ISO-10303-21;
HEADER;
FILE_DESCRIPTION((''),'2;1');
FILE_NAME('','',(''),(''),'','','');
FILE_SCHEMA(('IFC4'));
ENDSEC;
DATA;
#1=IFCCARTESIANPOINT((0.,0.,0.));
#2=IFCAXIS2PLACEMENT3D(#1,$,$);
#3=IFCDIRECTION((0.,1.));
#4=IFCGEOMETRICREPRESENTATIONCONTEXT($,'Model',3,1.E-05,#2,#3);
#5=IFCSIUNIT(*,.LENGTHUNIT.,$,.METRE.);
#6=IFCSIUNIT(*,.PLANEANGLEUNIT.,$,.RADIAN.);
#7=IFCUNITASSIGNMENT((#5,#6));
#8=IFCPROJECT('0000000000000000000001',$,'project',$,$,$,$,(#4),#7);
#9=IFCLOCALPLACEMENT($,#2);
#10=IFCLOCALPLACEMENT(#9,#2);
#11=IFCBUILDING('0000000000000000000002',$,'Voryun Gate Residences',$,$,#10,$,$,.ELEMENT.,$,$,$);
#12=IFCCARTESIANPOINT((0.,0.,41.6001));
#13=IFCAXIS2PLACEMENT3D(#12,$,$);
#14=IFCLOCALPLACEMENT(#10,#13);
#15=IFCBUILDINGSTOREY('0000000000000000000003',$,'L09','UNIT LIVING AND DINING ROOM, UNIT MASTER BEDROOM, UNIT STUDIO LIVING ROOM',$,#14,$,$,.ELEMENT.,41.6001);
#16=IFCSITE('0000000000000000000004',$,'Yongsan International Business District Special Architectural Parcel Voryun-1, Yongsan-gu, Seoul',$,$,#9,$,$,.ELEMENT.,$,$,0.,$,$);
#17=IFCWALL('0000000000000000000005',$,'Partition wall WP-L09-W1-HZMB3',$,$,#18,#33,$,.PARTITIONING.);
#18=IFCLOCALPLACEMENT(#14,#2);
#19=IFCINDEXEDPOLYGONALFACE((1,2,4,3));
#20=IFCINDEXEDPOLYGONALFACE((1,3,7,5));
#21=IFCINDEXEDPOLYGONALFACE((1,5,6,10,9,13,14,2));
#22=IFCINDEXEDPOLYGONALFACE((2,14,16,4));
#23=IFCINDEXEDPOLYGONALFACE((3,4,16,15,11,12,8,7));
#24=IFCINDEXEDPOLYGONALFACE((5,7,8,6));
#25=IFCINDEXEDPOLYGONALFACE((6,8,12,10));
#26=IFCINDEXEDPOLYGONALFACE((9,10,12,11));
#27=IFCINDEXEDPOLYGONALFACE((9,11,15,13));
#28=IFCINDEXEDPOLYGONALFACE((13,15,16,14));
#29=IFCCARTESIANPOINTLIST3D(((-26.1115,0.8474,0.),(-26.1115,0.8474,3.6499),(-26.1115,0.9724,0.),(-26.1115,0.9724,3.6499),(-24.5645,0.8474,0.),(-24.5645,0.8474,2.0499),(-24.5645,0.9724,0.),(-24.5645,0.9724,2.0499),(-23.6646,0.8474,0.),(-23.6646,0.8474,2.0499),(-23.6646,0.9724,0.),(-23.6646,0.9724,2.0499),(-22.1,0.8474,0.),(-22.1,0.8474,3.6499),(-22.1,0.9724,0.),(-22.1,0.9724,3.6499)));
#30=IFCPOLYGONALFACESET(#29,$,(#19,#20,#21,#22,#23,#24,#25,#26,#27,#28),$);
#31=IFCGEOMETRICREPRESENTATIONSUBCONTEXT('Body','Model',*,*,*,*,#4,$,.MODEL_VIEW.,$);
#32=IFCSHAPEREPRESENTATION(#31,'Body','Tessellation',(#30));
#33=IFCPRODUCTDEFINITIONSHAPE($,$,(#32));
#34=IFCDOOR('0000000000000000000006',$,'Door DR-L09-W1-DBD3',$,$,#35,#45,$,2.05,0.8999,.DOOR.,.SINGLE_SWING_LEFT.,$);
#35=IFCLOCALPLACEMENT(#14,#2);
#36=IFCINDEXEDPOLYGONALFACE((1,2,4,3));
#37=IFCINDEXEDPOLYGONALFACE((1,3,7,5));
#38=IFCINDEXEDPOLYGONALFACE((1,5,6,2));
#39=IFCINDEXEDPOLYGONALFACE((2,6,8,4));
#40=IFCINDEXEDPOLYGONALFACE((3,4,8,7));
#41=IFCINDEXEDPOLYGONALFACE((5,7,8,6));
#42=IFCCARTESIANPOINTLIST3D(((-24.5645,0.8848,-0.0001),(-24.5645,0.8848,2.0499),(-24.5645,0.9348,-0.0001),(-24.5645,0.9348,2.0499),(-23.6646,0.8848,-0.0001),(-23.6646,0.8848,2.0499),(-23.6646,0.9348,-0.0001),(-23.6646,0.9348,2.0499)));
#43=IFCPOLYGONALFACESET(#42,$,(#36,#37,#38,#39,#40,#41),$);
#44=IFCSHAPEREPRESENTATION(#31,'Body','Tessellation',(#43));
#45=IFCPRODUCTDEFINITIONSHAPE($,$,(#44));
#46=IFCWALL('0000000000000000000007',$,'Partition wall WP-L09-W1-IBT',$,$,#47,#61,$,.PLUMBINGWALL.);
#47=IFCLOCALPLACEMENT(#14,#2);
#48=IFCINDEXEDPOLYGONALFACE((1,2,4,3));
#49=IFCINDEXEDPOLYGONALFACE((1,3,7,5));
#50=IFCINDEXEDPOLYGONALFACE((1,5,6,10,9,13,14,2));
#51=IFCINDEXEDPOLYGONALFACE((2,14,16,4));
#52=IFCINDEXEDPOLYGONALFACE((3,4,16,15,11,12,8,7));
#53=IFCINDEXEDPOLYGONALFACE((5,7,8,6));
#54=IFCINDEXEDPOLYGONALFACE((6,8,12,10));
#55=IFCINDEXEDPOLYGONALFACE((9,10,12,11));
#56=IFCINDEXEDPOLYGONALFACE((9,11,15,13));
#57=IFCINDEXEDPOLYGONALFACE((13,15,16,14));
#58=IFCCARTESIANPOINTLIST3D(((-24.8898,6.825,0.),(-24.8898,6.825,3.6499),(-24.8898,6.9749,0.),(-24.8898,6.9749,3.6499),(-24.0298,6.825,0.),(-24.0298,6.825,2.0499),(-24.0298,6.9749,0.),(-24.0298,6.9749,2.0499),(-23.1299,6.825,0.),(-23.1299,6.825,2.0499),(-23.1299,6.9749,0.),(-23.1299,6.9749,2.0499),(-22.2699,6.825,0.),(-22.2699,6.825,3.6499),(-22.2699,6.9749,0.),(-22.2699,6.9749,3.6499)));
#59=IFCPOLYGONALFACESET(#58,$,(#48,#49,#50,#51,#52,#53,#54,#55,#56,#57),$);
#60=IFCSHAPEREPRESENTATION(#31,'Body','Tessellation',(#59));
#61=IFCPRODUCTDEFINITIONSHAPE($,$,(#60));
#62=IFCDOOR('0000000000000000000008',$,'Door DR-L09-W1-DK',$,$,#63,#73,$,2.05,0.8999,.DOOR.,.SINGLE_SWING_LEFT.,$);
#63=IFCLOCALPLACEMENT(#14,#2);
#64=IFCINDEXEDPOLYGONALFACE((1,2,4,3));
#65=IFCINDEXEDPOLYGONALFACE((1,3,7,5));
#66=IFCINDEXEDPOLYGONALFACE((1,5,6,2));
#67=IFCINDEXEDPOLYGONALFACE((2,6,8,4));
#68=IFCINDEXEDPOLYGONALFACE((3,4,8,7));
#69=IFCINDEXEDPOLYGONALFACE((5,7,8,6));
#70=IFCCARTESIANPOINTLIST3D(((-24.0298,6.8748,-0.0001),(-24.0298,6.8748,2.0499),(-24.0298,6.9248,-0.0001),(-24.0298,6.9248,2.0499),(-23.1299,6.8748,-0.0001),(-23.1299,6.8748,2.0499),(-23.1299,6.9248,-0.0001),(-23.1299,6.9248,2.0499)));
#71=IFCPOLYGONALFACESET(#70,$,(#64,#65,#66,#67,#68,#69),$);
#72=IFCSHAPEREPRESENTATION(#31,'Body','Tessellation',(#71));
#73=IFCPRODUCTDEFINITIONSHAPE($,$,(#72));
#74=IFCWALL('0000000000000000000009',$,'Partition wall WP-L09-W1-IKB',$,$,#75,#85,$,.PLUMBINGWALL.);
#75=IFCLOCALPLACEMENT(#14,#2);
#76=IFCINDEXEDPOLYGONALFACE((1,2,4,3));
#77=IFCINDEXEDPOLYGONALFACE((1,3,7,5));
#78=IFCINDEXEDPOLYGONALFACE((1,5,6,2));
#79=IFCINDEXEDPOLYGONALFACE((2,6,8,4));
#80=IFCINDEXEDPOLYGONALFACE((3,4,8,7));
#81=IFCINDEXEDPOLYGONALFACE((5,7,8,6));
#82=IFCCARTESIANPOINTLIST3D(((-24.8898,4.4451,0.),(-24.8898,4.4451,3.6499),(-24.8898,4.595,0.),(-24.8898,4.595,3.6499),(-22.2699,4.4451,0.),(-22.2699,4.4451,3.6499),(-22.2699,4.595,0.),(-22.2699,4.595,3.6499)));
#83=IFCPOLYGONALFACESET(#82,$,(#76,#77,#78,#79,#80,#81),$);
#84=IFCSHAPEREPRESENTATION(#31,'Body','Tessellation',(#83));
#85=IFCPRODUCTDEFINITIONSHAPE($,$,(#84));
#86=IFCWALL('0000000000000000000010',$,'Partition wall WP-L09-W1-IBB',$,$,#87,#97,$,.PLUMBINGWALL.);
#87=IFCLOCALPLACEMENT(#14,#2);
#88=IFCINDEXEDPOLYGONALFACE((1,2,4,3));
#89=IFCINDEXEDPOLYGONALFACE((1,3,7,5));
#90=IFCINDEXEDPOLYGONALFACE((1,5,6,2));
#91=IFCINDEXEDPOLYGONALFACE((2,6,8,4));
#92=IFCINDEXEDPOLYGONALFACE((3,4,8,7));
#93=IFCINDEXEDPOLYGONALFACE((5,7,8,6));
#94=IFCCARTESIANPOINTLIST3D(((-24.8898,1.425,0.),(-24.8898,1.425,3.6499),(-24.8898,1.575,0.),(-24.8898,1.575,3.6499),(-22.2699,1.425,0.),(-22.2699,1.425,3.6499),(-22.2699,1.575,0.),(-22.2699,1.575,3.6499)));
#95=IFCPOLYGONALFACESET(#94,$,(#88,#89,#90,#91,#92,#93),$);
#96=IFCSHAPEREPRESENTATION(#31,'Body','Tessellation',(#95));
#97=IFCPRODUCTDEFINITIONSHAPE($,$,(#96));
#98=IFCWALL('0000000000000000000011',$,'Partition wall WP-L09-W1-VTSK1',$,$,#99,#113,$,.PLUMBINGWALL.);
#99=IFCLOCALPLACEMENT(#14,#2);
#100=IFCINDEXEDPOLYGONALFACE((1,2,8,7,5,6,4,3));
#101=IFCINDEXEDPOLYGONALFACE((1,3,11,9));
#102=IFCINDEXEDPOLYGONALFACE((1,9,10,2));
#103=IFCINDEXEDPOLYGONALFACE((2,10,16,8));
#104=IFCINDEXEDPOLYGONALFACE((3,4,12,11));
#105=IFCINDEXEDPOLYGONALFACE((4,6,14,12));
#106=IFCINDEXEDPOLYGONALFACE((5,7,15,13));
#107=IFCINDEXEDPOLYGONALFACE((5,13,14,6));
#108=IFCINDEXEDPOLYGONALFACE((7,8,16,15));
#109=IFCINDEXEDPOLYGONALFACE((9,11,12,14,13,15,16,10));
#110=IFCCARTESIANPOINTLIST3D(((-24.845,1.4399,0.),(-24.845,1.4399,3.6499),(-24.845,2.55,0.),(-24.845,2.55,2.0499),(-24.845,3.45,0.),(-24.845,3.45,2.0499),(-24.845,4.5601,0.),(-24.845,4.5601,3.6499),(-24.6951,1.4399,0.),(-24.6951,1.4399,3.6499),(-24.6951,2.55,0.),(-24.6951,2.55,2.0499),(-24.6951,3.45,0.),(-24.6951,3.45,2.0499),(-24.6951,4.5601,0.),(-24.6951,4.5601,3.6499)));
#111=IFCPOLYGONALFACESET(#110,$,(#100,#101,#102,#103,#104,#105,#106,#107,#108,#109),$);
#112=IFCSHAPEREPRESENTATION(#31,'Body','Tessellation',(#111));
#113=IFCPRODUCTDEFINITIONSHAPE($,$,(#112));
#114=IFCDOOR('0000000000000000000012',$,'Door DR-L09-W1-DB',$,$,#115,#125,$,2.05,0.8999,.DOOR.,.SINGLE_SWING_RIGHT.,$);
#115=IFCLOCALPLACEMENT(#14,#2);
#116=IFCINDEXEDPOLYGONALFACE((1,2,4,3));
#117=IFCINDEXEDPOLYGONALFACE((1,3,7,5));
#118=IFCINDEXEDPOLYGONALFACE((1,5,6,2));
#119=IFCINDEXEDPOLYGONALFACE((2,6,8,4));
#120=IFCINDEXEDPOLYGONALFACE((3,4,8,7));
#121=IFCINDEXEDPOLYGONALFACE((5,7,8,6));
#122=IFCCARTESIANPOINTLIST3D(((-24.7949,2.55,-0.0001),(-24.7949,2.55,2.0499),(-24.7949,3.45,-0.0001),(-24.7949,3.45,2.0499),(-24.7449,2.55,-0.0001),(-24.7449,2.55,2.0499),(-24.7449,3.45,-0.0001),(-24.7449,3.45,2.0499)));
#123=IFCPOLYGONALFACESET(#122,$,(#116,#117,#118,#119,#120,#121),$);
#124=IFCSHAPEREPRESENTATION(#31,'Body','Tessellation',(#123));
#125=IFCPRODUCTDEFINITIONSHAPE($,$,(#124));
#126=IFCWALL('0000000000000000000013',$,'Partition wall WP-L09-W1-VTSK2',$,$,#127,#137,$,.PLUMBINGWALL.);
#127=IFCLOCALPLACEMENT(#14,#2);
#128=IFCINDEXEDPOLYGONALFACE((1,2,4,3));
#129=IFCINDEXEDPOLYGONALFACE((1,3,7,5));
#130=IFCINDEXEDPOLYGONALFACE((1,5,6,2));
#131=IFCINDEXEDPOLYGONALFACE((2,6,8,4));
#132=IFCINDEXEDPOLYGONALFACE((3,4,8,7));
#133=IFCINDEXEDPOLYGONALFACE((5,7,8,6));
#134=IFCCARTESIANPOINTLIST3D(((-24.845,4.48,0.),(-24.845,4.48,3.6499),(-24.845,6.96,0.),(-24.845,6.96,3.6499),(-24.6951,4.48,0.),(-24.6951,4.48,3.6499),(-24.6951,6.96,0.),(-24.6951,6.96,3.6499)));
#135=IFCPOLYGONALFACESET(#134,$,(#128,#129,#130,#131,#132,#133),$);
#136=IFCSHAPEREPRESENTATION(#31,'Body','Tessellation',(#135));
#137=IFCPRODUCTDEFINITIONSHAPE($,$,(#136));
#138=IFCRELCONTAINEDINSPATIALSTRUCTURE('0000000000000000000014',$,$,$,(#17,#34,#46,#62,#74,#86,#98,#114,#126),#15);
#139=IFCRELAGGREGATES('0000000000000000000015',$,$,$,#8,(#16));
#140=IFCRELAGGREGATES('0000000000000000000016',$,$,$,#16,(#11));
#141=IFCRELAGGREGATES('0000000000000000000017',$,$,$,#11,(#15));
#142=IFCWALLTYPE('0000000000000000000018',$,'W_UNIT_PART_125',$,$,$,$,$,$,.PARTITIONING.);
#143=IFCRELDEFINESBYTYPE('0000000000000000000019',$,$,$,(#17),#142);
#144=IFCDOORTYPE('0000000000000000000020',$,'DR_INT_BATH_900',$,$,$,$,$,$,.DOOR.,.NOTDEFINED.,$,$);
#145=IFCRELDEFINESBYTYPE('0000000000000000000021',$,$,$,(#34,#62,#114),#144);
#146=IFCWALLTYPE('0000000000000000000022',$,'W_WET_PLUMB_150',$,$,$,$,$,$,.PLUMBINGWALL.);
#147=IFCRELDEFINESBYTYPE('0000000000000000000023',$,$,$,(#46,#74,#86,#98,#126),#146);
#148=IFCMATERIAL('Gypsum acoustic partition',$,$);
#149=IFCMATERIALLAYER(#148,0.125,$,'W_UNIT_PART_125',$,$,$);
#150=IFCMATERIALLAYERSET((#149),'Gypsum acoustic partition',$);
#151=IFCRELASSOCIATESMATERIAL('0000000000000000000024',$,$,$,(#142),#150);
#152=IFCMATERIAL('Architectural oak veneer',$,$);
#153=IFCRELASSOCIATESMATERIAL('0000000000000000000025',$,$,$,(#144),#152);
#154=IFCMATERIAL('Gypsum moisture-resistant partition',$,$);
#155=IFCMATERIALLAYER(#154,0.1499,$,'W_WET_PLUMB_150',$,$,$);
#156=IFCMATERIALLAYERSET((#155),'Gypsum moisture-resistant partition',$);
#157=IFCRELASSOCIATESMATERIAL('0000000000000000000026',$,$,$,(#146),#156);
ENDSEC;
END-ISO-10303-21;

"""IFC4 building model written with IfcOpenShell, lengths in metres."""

from ifc_helpers import new_model, si_unit, direction, frame, frame_2d, origin, place, context, subcontext, project, spatial, rectangle, extrude, material, layer, layer_set, type_object, element, fill, save


model = new_model("IFC4")

# Units and contexts
model_context = context("Model", 3, precision=1e-05, world=origin(), true_north=direction((0.0, 1.0)))
body_context = subcontext(model_context, "Body", "Model", "MODEL_VIEW")
ifc_project = project(units=[si_unit("LENGTHUNIT", "METRE"), si_unit("PLANEANGLEUNIT", "RADIAN")], contexts=[model_context])

# Site, building, storey
site_placement = place(None, origin())
site = spatial("IfcSite", under=ifc_project, at=site_placement, Name="Yongsan International Business District Special Architectural Parcel Voryun-1, Yongsan-gu, Seoul", CompositionType="ELEMENT", RefElevation=0.0)
building_placement = place(site_placement, origin())
building = spatial("IfcBuilding", under=site, at=building_placement, Name="Voryun Gate Residences", CompositionType="ELEMENT")
storey_placement = place(building_placement, frame((0.0, 0.0, 41.6001)))
storey = spatial("IfcBuildingStorey", under=building, at=storey_placement, Name="L09", Description="UNIT LIVING AND DINING ROOM, UNIT MASTER BEDROOM, UNIT STUDIO LIVING ROOM", CompositionType="ELEMENT", Elevation=41.6001)

# Walls, openings, doors
ifc_material_1 = material(Name="Gypsum acoustic partition")
ifc_layer_1 = layer(ifc_material_1, 0.125, Name="W_UNIT_PART_125")
ifc_layer_set_1 = layer_set([ifc_layer_1], Name="Gypsum acoustic partition")
wall_type_1 = type_object("IfcWallType", Name="W_UNIT_PART_125", PredefinedType="PARTITIONING", material=ifc_layer_set_1)
ifc_material_2 = material(Name="Architectural oak veneer")
door_type_1 = type_object("IfcDoorType", Name="DR_INT_BATH_900", OperationType="NOTDEFINED", PredefinedType="DOOR", material=ifc_material_2)
wall_1_placement = place(storey_placement, frame((-26.1116, 0.9099, 0.0), z_axis=(0.0, 0.0, 1.0), x_axis=(1.0, 0.0, 0.0)))
wall_1 = element("IfcWall", 1, at=wall_1_placement, inside=storey, type_object=wall_type_1, Name="Partition wall WP-L09-W1-HZMB3", PredefinedType="PARTITIONING", context=body_context, shape_type="SweptSolid", body=[
    extrude(rectangle(XDim=4.0115, YDim=0.125, at=frame_2d((2.0059, 0.0))), origin(), (0.0, 0.0, 1.0), 3.6499),
])
opening_1_placement = place(wall_1_placement, frame((1.5471, 0.0, 0.0)))
opening_1 = element("IfcOpeningElement", 2, at=opening_1_placement, cuts=wall_1, PredefinedType="OPENING", context=body_context, shape_type="SweptSolid", body=[
    extrude(rectangle(XDim=0.8999, YDim=2.05, at=frame_2d((0.45, 1.0249))), frame((0.0, 0.0725, 0.0), z_axis=(0.0, -1.0, 0.0), x_axis=(1.0, 0.0, 0.0)), (0.0, 0.0, 1.0), 0.145),
])
door_1_placement = place(opening_1_placement, origin())
door_1 = element("IfcDoor", 3, at=door_1_placement, inside=storey, type_object=door_type_1, Name="Door DR-L09-W1-DBD3", OperationType="SINGLE_SWING_LEFT", OverallHeight=2.05, OverallWidth=0.8999, PredefinedType="DOOR", context=body_context, shape_type="SweptSolid", body=[
    extrude(rectangle(XDim=0.8999, YDim=2.05, at=frame_2d((0.45, 1.0249))), frame((0.0, 0.0249, 0.0), z_axis=(0.0, -1.0, 0.0), x_axis=(1.0, 0.0, 0.0)), (0.0, 0.0, 1.0), 0.05),
])
fill(opening_1, door_1)
ifc_material_3 = material(Name="Gypsum moisture-resistant partition")
ifc_layer_2 = layer(ifc_material_3, 0.1499, Name="W_WET_PLUMB_150")
ifc_layer_set_2 = layer_set([ifc_layer_2], Name="Gypsum moisture-resistant partition")
wall_type_2 = type_object("IfcWallType", Name="W_WET_PLUMB_150", PredefinedType="PLUMBINGWALL", material=ifc_layer_set_2)
wall_2_placement = place(storey_placement, frame((-24.8899, 6.8999, 0.0), z_axis=(0.0, 0.0, 1.0), x_axis=(1.0, 0.0, 0.0)))
wall_2 = element("IfcWall", 4, at=wall_2_placement, inside=storey, type_object=wall_type_2, Name="Partition wall WP-L09-W1-IBT", PredefinedType="PLUMBINGWALL", context=body_context, shape_type="SweptSolid", body=[
    extrude(rectangle(XDim=2.6199, YDim=0.1499, at=frame_2d((1.3101, 0.0))), origin(), (0.0, 0.0, 1.0), 3.6499),
])
opening_2_placement = place(wall_2_placement, frame((0.8601, 0.0, 0.0)))
opening_2 = element("IfcOpeningElement", 5, at=opening_2_placement, cuts=wall_2, PredefinedType="OPENING", context=body_context, shape_type="SweptSolid", body=[
    extrude(rectangle(XDim=0.8999, YDim=2.05, at=frame_2d((0.45, 1.0249))), frame((0.0, 0.085, 0.0), z_axis=(0.0, -1.0, 0.0), x_axis=(1.0, 0.0, 0.0)), (0.0, 0.0, 1.0), 0.1699),
])
door_2_placement = place(opening_2_placement, origin())
door_2 = element("IfcDoor", 6, at=door_2_placement, inside=storey, type_object=door_type_1, Name="Door DR-L09-W1-DK", OperationType="SINGLE_SWING_LEFT", OverallHeight=2.05, OverallWidth=0.8999, PredefinedType="DOOR", context=body_context, shape_type="SweptSolid", body=[
    extrude(rectangle(XDim=0.8999, YDim=2.05, at=frame_2d((0.45, 1.0249))), frame((0.0, 0.0249, 0.0), z_axis=(0.0, -1.0, 0.0), x_axis=(1.0, 0.0, 0.0)), (0.0, 0.0, 1.0), 0.05),
])
fill(opening_2, door_2)

# Walls
for number, where, z_axis, x_axis, name in (
    (7, (-24.8899, 4.52, 0.0), (0.0, 0.0, 1.0), (1.0, 0.0, 0.0), "Partition wall WP-L09-W1-IKB"),
    (8, (-24.8899, 1.5, 0.0), (0.0, 0.0, 1.0), (1.0, 0.0, 0.0), "Partition wall WP-L09-W1-IBB"),
):
    element("IfcWall", number, at=place(storey_placement, frame(where, z_axis=z_axis, x_axis=x_axis)), inside=storey, type_object=wall_type_2, Name=name, PredefinedType="PLUMBINGWALL", context=body_context, shape_type="SweptSolid", body=[
        extrude(rectangle(XDim=2.6199, YDim=0.1499, at=frame_2d((1.3101, 0.0))), origin(), (0.0, 0.0, 1.0), 3.6499),
    ])

# Wall, opening, door
wall_3_placement = place(storey_placement, frame((-24.77, 1.4399, 0.0), z_axis=(0.0, 0.0, 1.0), x_axis=(0.0, 1.0, 0.0)))
wall_3 = element("IfcWall", 9, at=wall_3_placement, inside=storey, type_object=wall_type_2, Name="Partition wall WP-L09-W1-VTSK1", PredefinedType="PLUMBINGWALL", context=body_context, shape_type="SweptSolid", body=[
    extrude(rectangle(XDim=3.1201, YDim=0.1499, at=frame_2d((1.5601, 0.0))), origin(), (0.0, 0.0, 1.0), 3.6499),
])
opening_3_placement = place(wall_3_placement, frame((1.1101, 0.0, 0.0)))
opening_3 = element("IfcOpeningElement", 10, at=opening_3_placement, cuts=wall_3, PredefinedType="OPENING", context=body_context, shape_type="SweptSolid", body=[
    extrude(rectangle(XDim=0.8999, YDim=2.05, at=frame_2d((0.45, 1.0249))), frame((0.0, 0.085, 0.0), z_axis=(0.0, -1.0, 0.0), x_axis=(1.0, 0.0, 0.0)), (0.0, 0.0, 1.0), 0.1699),
])
door_3_placement = place(opening_3_placement, origin())
door_3 = element("IfcDoor", 11, at=door_3_placement, inside=storey, type_object=door_type_1, Name="Door DR-L09-W1-DB", OperationType="SINGLE_SWING_RIGHT", OverallHeight=2.05, OverallWidth=0.8999, PredefinedType="DOOR", context=body_context, shape_type="SweptSolid", body=[
    extrude(rectangle(XDim=0.8999, YDim=2.05, at=frame_2d((0.45, 1.0249))), frame((0.0, 0.0249, 0.0), z_axis=(0.0, -1.0, 0.0), x_axis=(1.0, 0.0, 0.0)), (0.0, 0.0, 1.0), 0.05),
])
fill(opening_3, door_3)

# Wall
wall_4_placement = place(storey_placement, frame((-24.77, 4.48, 0.0), z_axis=(0.0, 0.0, 1.0), x_axis=(0.0, 1.0, 0.0)))
element("IfcWall", 12, at=wall_4_placement, inside=storey, type_object=wall_type_2, Name="Partition wall WP-L09-W1-VTSK2", PredefinedType="PLUMBINGWALL", context=body_context, shape_type="SweptSolid", body=[
    extrude(rectangle(XDim=2.48, YDim=0.1499, at=frame_2d((1.24, 0.0))), origin(), (0.0, 0.0, 1.0), 3.6499),
])

save(model, "model.ifc")
